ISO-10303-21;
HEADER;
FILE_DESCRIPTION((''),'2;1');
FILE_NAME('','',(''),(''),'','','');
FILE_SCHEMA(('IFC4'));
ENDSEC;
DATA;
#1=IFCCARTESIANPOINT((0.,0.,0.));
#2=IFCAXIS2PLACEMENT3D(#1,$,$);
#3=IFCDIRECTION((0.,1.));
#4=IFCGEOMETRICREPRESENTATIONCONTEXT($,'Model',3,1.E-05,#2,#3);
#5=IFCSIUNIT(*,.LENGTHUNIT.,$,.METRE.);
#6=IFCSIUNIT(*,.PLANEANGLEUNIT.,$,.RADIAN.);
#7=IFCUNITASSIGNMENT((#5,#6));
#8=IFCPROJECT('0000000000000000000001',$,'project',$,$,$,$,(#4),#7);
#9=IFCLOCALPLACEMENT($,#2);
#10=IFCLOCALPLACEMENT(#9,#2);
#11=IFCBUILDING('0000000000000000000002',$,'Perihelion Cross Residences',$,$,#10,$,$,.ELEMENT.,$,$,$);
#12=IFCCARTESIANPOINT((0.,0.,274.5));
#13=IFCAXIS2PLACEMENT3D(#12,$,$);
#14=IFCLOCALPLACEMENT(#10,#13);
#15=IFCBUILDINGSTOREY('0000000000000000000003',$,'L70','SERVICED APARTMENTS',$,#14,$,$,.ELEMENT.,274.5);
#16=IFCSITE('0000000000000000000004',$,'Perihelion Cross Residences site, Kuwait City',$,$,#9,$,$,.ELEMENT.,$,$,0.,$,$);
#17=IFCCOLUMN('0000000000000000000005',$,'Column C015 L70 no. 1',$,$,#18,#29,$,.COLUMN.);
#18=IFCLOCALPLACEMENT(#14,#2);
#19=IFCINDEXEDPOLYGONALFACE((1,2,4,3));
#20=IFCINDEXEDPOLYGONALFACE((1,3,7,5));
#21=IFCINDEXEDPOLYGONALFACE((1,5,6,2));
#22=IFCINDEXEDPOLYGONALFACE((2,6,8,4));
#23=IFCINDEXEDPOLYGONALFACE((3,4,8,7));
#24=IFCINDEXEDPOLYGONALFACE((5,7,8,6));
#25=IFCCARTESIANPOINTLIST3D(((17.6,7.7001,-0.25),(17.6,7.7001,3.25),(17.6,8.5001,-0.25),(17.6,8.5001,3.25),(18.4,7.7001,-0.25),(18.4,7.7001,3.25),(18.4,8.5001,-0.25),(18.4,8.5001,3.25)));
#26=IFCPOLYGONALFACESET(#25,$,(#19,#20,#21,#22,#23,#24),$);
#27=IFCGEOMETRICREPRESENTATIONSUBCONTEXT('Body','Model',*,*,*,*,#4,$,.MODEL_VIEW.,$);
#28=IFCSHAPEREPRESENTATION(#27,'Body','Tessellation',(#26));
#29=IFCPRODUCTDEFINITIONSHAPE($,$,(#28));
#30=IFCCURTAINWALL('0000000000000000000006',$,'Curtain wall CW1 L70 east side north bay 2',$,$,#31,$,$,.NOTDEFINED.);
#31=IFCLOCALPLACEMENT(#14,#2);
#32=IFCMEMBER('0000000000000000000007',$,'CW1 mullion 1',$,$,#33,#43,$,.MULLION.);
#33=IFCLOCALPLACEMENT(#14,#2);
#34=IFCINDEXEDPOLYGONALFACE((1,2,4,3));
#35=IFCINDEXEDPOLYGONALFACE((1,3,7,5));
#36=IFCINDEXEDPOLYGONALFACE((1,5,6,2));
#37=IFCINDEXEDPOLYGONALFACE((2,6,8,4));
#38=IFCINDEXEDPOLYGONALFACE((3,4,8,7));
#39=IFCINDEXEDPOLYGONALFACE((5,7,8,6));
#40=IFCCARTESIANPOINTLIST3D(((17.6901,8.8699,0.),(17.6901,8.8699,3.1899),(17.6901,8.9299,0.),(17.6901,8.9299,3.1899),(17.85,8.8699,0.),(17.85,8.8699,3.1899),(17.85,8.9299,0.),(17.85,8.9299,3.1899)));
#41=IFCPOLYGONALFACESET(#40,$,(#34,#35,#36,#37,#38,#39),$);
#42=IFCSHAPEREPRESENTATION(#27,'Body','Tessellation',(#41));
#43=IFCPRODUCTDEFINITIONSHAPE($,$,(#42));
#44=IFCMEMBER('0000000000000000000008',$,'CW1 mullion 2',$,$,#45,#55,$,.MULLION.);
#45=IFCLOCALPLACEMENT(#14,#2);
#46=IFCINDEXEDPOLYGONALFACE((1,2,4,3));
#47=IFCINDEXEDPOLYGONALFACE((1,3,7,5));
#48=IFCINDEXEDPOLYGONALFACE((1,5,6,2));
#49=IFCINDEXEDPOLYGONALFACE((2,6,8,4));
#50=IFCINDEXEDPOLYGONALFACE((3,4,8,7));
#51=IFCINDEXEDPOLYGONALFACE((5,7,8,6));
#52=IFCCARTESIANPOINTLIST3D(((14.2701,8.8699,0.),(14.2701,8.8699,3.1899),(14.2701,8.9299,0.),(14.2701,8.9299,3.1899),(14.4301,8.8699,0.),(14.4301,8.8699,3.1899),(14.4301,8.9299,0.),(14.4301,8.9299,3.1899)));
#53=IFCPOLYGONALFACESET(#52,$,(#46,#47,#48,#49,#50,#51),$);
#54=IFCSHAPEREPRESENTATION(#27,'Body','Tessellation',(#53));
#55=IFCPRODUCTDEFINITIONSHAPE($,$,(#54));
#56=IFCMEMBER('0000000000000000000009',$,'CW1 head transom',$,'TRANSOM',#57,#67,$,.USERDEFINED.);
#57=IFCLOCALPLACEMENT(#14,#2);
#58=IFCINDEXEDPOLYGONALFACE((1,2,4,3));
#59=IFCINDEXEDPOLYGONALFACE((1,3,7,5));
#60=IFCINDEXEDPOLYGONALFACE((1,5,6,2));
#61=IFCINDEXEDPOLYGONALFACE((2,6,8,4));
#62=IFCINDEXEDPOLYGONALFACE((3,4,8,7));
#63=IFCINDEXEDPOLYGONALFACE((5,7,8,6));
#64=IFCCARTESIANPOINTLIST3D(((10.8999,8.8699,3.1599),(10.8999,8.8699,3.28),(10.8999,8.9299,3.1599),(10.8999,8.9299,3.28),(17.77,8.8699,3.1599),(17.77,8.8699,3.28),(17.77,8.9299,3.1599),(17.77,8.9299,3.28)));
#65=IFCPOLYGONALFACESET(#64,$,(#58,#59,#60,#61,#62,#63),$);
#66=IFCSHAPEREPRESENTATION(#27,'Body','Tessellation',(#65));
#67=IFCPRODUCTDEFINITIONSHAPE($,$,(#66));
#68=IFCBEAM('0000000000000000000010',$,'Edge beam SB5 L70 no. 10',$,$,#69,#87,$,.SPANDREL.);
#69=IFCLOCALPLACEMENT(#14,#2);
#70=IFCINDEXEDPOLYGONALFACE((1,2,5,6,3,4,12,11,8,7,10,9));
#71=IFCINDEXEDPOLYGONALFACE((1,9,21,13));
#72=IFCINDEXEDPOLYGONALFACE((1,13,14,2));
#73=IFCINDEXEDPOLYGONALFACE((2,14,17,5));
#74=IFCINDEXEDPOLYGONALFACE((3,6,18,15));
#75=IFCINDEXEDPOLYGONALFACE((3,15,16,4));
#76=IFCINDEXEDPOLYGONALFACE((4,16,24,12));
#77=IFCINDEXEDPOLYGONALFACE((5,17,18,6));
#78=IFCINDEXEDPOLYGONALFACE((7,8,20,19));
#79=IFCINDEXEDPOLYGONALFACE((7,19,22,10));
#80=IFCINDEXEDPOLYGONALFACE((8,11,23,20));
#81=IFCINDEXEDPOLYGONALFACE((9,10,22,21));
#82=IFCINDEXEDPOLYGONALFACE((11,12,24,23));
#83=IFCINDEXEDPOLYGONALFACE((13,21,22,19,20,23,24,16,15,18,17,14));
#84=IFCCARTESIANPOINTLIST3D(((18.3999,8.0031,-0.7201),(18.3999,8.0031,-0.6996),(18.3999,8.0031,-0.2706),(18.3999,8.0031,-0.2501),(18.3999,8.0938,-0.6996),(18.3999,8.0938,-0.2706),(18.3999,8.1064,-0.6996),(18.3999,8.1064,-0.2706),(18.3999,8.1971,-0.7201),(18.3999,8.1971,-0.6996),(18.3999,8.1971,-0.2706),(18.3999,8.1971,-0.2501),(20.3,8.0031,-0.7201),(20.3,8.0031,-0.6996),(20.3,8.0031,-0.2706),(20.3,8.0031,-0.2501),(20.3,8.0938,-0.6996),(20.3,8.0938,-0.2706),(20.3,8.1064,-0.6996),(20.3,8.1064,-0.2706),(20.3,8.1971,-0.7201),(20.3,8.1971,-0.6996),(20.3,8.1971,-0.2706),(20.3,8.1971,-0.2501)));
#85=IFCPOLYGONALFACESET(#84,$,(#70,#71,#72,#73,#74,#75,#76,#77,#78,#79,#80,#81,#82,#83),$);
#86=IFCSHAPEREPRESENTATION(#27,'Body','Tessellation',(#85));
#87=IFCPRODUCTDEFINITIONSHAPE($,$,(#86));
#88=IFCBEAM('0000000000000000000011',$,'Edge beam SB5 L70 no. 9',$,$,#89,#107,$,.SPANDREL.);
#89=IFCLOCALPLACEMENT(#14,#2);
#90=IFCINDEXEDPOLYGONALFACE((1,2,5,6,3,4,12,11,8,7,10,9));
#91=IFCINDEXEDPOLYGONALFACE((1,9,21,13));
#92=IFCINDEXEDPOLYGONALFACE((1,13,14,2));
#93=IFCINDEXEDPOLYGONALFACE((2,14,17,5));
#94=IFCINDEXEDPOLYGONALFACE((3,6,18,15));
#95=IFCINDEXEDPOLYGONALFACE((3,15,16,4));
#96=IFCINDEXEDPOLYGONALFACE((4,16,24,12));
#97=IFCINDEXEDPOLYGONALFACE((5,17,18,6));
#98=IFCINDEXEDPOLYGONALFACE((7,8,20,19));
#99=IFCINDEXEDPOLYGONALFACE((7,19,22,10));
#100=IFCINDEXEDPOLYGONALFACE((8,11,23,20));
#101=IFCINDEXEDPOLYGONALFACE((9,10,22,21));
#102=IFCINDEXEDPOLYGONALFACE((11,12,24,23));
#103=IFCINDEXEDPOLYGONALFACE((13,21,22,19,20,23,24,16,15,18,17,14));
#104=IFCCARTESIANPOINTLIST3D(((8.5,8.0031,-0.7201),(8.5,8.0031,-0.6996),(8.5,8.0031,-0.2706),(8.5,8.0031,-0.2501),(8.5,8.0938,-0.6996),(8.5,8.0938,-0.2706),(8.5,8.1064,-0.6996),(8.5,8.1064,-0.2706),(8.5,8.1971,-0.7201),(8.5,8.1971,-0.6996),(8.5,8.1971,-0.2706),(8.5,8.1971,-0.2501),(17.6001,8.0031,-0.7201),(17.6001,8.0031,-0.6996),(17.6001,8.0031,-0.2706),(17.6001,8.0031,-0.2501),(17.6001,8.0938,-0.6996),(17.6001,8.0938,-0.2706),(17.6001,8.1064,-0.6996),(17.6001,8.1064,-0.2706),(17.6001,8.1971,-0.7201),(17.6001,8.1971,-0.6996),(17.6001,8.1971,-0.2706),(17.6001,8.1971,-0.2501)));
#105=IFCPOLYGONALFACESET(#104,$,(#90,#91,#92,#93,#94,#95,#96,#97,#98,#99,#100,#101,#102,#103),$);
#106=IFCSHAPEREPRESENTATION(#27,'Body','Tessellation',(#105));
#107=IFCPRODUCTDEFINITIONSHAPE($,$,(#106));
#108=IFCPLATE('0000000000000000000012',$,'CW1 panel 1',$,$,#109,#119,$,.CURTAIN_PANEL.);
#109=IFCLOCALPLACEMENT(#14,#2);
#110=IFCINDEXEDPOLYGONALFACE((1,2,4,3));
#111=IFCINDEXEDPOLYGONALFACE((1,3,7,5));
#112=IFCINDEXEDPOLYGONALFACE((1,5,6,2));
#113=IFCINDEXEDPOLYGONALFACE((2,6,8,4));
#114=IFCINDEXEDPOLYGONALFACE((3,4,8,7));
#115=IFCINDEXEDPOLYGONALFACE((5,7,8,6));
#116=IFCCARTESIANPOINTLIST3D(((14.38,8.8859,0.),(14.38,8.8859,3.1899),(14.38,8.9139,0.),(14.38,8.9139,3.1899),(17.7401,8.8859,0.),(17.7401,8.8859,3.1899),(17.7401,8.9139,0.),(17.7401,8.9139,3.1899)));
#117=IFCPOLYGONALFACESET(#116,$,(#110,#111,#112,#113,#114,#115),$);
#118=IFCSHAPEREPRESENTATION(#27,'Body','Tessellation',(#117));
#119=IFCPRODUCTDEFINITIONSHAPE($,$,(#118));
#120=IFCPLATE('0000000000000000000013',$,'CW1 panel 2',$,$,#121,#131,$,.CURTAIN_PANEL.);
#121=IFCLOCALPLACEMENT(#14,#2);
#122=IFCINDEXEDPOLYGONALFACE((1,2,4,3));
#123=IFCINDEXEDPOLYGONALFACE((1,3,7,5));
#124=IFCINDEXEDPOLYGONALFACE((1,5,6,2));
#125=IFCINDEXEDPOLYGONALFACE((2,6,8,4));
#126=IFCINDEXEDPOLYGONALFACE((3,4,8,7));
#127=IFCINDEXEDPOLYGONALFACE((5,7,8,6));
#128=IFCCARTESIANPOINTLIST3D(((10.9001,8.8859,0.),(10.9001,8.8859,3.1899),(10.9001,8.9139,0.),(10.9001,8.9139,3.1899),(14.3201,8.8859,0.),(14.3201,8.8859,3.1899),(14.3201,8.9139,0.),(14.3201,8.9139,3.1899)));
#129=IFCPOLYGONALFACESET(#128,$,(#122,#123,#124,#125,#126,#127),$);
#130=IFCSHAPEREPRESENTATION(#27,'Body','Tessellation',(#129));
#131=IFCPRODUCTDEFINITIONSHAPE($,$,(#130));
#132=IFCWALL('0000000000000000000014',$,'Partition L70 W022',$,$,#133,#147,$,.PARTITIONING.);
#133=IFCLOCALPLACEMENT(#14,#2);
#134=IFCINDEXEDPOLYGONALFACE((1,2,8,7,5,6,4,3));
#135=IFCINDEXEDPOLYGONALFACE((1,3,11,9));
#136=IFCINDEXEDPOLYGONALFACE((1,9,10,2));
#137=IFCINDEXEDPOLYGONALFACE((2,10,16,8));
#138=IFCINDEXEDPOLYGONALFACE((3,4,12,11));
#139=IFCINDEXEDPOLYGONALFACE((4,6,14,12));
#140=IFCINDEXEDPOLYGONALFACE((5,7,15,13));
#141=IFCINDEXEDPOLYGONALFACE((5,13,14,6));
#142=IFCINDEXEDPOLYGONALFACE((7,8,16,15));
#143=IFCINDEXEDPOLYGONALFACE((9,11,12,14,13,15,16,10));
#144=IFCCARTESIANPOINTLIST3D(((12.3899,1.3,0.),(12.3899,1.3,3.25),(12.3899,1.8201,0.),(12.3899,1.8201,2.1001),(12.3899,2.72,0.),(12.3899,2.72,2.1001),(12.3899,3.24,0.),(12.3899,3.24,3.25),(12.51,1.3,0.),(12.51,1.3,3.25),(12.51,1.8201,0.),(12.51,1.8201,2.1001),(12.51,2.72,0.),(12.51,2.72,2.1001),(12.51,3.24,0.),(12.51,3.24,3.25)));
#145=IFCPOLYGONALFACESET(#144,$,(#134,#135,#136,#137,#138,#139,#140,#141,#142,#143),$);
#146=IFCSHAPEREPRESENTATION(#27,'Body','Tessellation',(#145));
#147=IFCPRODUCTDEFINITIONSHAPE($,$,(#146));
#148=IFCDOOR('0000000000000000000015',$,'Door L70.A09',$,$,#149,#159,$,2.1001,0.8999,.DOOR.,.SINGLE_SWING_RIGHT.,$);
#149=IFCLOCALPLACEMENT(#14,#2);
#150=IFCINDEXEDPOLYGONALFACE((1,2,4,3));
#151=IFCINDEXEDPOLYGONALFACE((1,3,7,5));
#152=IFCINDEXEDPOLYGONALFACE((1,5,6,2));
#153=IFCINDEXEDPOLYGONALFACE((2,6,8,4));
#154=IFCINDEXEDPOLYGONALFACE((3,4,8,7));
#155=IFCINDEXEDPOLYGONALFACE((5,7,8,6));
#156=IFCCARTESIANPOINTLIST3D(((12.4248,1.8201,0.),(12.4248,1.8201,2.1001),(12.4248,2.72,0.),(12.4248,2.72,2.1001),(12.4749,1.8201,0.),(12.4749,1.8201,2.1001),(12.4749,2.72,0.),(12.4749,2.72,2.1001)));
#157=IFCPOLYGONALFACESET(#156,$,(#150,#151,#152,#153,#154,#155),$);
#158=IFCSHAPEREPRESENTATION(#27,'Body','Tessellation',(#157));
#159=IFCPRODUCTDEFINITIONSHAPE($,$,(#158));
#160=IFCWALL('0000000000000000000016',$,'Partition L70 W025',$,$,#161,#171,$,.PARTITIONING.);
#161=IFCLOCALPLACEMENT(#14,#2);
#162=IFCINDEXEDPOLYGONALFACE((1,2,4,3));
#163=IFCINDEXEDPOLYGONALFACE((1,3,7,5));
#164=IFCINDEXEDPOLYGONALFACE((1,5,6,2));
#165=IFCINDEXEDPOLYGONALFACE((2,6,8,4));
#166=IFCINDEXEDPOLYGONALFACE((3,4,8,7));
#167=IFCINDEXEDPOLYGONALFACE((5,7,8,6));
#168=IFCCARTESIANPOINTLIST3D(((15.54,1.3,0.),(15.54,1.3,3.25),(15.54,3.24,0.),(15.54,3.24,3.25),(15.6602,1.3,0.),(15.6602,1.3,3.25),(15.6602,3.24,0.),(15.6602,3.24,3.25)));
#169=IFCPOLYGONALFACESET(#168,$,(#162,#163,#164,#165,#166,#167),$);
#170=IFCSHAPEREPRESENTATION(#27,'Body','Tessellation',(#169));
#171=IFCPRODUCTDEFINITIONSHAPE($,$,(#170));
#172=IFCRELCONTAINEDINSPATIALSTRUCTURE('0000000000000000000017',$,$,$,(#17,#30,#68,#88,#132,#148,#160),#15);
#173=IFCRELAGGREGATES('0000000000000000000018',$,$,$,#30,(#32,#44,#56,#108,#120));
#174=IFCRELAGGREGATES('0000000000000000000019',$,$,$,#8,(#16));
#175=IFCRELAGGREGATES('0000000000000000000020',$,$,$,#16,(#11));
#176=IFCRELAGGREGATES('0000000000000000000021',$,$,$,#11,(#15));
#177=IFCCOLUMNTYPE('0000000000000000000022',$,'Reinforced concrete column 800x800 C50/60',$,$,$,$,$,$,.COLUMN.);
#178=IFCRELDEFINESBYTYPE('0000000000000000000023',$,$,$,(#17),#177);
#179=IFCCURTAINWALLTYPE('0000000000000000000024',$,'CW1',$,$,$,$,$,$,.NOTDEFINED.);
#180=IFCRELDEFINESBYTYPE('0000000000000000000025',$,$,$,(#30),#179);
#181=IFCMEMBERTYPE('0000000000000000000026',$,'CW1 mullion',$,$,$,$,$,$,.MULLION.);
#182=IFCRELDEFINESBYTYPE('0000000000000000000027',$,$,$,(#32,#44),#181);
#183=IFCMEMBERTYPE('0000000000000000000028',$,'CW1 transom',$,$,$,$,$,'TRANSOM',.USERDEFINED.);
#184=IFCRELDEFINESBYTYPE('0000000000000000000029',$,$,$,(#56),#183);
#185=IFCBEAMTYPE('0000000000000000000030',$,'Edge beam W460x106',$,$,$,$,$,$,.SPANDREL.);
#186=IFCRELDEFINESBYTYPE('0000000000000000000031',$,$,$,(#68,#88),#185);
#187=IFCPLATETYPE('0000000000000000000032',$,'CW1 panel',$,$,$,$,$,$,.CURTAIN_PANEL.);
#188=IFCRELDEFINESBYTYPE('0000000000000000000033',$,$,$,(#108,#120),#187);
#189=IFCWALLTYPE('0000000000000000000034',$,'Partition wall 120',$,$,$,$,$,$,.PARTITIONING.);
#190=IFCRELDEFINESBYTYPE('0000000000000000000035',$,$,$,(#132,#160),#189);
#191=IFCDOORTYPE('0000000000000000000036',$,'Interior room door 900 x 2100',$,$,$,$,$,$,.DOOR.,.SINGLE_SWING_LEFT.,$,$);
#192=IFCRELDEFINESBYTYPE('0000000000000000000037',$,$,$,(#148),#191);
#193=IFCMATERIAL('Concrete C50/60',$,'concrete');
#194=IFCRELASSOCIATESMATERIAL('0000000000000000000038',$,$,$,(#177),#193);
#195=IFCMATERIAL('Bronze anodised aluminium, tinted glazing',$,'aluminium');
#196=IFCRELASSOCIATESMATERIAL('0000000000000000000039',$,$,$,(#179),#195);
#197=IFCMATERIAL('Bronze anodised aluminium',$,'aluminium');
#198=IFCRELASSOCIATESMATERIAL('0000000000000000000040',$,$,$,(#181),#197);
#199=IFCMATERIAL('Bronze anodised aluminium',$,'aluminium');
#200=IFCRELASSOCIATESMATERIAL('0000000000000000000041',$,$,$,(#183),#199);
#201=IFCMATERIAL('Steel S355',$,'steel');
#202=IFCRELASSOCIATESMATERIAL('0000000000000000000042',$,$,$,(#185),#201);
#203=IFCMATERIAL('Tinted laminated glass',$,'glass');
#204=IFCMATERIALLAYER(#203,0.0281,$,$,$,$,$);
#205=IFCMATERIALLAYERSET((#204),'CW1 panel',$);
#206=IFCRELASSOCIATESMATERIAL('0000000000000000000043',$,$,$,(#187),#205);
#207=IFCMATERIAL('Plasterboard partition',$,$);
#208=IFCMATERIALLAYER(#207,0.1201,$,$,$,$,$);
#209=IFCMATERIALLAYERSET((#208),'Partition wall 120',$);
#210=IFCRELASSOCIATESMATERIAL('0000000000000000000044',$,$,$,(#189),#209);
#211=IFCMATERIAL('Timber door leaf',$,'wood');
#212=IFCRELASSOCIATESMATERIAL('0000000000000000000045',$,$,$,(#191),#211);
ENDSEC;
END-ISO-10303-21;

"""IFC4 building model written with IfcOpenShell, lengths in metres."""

from ifc_helpers import new_model, si_unit, direction, frame, frame_2d, origin, origin_2d, place, context, subcontext, project, spatial, rectangle, i_section, extrude, material, layer, layer_set, material_profile, profile_set, type_object, element, fill, aggregate, save


model = new_model("IFC4")

# Units and contexts
model_context = context("Model", 3, precision=1e-05, world=origin(), true_north=direction((0.0, 1.0)))
body_context = subcontext(model_context, "Body", "Model", "MODEL_VIEW")
ifc_project = project(units=[si_unit("LENGTHUNIT", "METRE"), si_unit("PLANEANGLEUNIT", "RADIAN")], contexts=[model_context])

# Site, building, storey
site_placement = place(None, origin())
site = spatial("IfcSite", under=ifc_project, at=site_placement, Name="Perihelion Cross Residences site, Kuwait City", CompositionType="ELEMENT", RefElevation=0.0)
building_placement = place(site_placement, origin())
building = spatial("IfcBuilding", under=site, at=building_placement, Name="Perihelion Cross Residences", CompositionType="ELEMENT")
storey_placement = place(building_placement, frame((0.0, 0.0, 274.5)))
storey = spatial("IfcBuildingStorey", under=building, at=storey_placement, Name="L70", Description="SERVICED APARTMENTS", CompositionType="ELEMENT", Elevation=274.5)

# Column
ifc_material_1 = material(Name="Concrete C50/60", Category="concrete")
ifc_material_profile_1 = material_profile(ifc_material_1, rectangle(XDim=0.8, YDim=0.8, at=origin_2d()), Name="RC 800x800")
ifc_profile_set_1 = profile_set([ifc_material_profile_1], Name="Concrete C50/60")
column_type = type_object("IfcColumnType", Name="Reinforced concrete column 800x800 C50/60", PredefinedType="COLUMN", material=ifc_profile_set_1)
column_placement = place(storey_placement, frame((18.0, 8.1001, -0.25), z_axis=(0.0, 0.0, 1.0), x_axis=(1.0, 0.0, 0.0)))
element("IfcColumn", 1, at=column_placement, inside=storey, type_object=column_type, Name="Column C015 L70 no. 1", PredefinedType="COLUMN", context=body_context, shape_type="SweptSolid", body=[
    extrude(rectangle(XDim=0.8, YDim=0.8, at=origin_2d()), origin(), (0.0, 0.0, 1.0), 3.5),
])

# Curtain wall, members
ifc_material_2 = material(Name="Bronze anodised aluminium, tinted glazing", Category="aluminium")
curtain_wall_type = type_object("IfcCurtainWallType", Name="CW1", PredefinedType="NOTDEFINED", material=ifc_material_2)
curtain_wall_placement = place(storey_placement, origin())
curtain_wall = element("IfcCurtainWall", 2, at=curtain_wall_placement, inside=storey, type_object=curtain_wall_type, Name="Curtain wall CW1 L70 east side north bay 2", PredefinedType="NOTDEFINED")
ifc_material_3 = material(Name="Bronze anodised aluminium", Category="aluminium")
ifc_material_profile_2 = material_profile(ifc_material_3, rectangle(XDim=0.0601, YDim=0.1599, at=origin_2d()), Name="CW1 mullion")
ifc_profile_set_2 = profile_set([ifc_material_profile_2], Name="Bronze anodised aluminium")
member_type_1 = type_object("IfcMemberType", Name="CW1 mullion", PredefinedType="MULLION", material=ifc_profile_set_2)
member_1_placement = place(storey_placement, frame((17.77, 8.8999, 0.0), z_axis=(0.0, 0.0, 1.0), x_axis=(0.0, -1.0, 0.0)))
member_1 = element("IfcMember", 3, at=member_1_placement, type_object=member_type_1, Name="CW1 mullion 1", PredefinedType="MULLION", context=body_context, shape_type="SweptSolid", body=[
    extrude(rectangle(XDim=0.0601, YDim=0.1599, at=origin_2d()), origin(), (0.0, 0.0, 1.0), 3.1899),
])
member_2_placement = place(storey_placement, frame((14.3501, 8.8999, 0.0), z_axis=(0.0, 0.0, 1.0), x_axis=(0.0, -1.0, 0.0)))
member_2 = element("IfcMember", 4, at=member_2_placement, type_object=member_type_1, Name="CW1 mullion 2", PredefinedType="MULLION", context=body_context, shape_type="SweptSolid", body=[
    extrude(rectangle(XDim=0.0601, YDim=0.1599, at=origin_2d()), origin(), (0.0, 0.0, 1.0), 3.1899),
])
ifc_material_4 = material(Name="Bronze anodised aluminium", Category="aluminium")
ifc_material_profile_3 = material_profile(ifc_material_4, rectangle(XDim=0.0601, YDim=0.1201, at=origin_2d()), Name="CW1 transom")
ifc_profile_set_3 = profile_set([ifc_material_profile_3], Name="Bronze anodised aluminium")
member_type_2 = type_object("IfcMemberType", Name="CW1 transom", ElementType="TRANSOM", PredefinedType="USERDEFINED", material=ifc_profile_set_3)
member_3_placement = place(storey_placement, frame((17.77, 8.8999, 3.22), z_axis=(-1.0, 0.0, 0.0), x_axis=(0.0, -1.0, 0.0)))
member_3 = element("IfcMember", 5, at=member_3_placement, type_object=member_type_2, Name="CW1 head transom", ObjectType="TRANSOM", PredefinedType="USERDEFINED", context=body_context, shape_type="SweptSolid", body=[
    extrude(rectangle(XDim=0.0601, YDim=0.1201, at=origin_2d()), origin(), (0.0, 0.0, 1.0), 6.8701),
])

# Beams
ifc_material_5 = material(Name="Steel S355", Category="steel")
ifc_material_profile_4 = material_profile(ifc_material_5, i_section(OverallWidth=0.1941, OverallDepth=0.47, WebThickness=0.0127, FlangeThickness=0.0205, at=origin_2d()), Name="W460x106")
ifc_profile_set_4 = profile_set([ifc_material_profile_4], Name="Steel S355")
beam_type = type_object("IfcBeamType", Name="Edge beam W460x106", PredefinedType="SPANDREL", material=ifc_profile_set_4)
beam_1_placement = place(storey_placement, frame((20.3, 8.1001, -0.4851), z_axis=(-1.0, 0.0, 0.0), x_axis=(0.0, -1.0, 0.0)))
element("IfcBeam", 6, at=beam_1_placement, inside=storey, type_object=beam_type, Name="Edge beam SB5 L70 no. 10", PredefinedType="SPANDREL", context=body_context, shape_type="SweptSolid", body=[
    extrude(i_section(OverallWidth=0.1941, OverallDepth=0.47, WebThickness=0.0127, FlangeThickness=0.0205, at=origin_2d()), origin(), (0.0, 0.0, 1.0), 1.9001),
])
beam_2_placement = place(storey_placement, frame((17.6001, 8.1001, -0.4851), z_axis=(-1.0, 0.0, 0.0), x_axis=(0.0, -1.0, 0.0)))
element("IfcBeam", 7, at=beam_2_placement, inside=storey, type_object=beam_type, Name="Edge beam SB5 L70 no. 9", PredefinedType="SPANDREL", context=body_context, shape_type="SweptSolid", body=[
    extrude(i_section(OverallWidth=0.1941, OverallDepth=0.47, WebThickness=0.0127, FlangeThickness=0.0205, at=origin_2d()), origin(), (0.0, 0.0, 1.0), 9.1001),
])

# Plates
ifc_material_6 = material(Name="Tinted laminated glass", Category="glass")
ifc_layer_1 = layer(ifc_material_6, 0.0281)
ifc_layer_set_1 = layer_set([ifc_layer_1], Name="CW1 panel")
plate_type = type_object("IfcPlateType", Name="CW1 panel", PredefinedType="CURTAIN_PANEL", material=ifc_layer_set_1)
plate_1_placement = place(storey_placement, frame((16.0601, 8.8999, 0.0), z_axis=(0.0, 0.0, 1.0), x_axis=(-1.0, 0.0, 0.0)))
plate_1 = element("IfcPlate", 8, at=plate_1_placement, type_object=plate_type, Name="CW1 panel 1", PredefinedType="CURTAIN_PANEL", context=body_context, shape_type="SweptSolid", body=[
    extrude(rectangle(XDim=3.3601, YDim=0.0281, at=origin_2d()), origin(), (0.0, 0.0, 1.0), 3.1899),
])
plate_2_placement = place(storey_placement, frame((12.6101, 8.8999, 0.0), z_axis=(0.0, 0.0, 1.0), x_axis=(-1.0, 0.0, 0.0)))
plate_2 = element("IfcPlate", 9, at=plate_2_placement, type_object=plate_type, Name="CW1 panel 2", PredefinedType="CURTAIN_PANEL", context=body_context, shape_type="SweptSolid", body=[
    extrude(rectangle(XDim=3.4199, YDim=0.0281, at=origin_2d()), origin(), (0.0, 0.0, 1.0), 3.1899),
])
aggregate(curtain_wall, [member_1, member_2, member_3, plate_1, plate_2])

# Wall, opening, door
ifc_material_7 = material(Name="Plasterboard partition")
ifc_layer_2 = layer(ifc_material_7, 0.1201)
ifc_layer_set_2 = layer_set([ifc_layer_2], Name="Partition wall 120")
wall_type_1 = type_object("IfcWallType", Name="Partition wall 120", PredefinedType="PARTITIONING", material=ifc_layer_set_2)
wall_1_placement = place(storey_placement, frame((12.45, 3.24, 0.0), z_axis=(0.0, 0.0, 1.0), x_axis=(0.0, -1.0, 0.0)))
wall_1 = element("IfcWall", 10, at=wall_1_placement, inside=storey, type_object=wall_type_1, Name="Partition L70 W022", PredefinedType="PARTITIONING", context=body_context, shape_type="SweptSolid", body=[
    extrude(rectangle(XDim=1.9399, YDim=0.1201, at=frame_2d((0.97, 0.0))), origin(), (0.0, 0.0, 1.0), 3.25),
])
opening_1_placement = place(wall_1_placement, frame((0.52, 0.0, 0.0)))
opening_1 = element("IfcOpeningElement", 11, at=opening_1_placement, cuts=wall_1, PredefinedType="OPENING", context=body_context, shape_type="SweptSolid", body=[
    extrude(rectangle(XDim=0.8999, YDim=2.1001, at=frame_2d((0.45, 1.05))), frame((0.0, 0.0701, 0.0), z_axis=(0.0, -1.0, 0.0), x_axis=(1.0, 0.0, 0.0)), (0.0, 0.0, 1.0), 0.1401),
])
ifc_material_8 = material(Name="Timber door leaf", Category="wood")
door_type_1 = type_object("IfcDoorType", Name="Interior room door 900 x 2100", OperationType="SINGLE_SWING_LEFT", PredefinedType="DOOR", material=ifc_material_8)
door_1_placement = place(opening_1_placement, origin())
door_1 = element("IfcDoor", 12, at=door_1_placement, inside=storey, type_object=door_type_1, Name="Door L70.A09", OperationType="SINGLE_SWING_RIGHT", OverallHeight=2.1001, OverallWidth=0.8999, PredefinedType="DOOR", context=body_context, shape_type="SweptSolid", body=[
    extrude(rectangle(XDim=0.8999, YDim=2.1001, at=frame_2d((0.45, 1.05))), frame((0.0, 0.0249, 0.0), z_axis=(0.0, -1.0, 0.0), x_axis=(1.0, 0.0, 0.0)), (0.0, 0.0, 1.0), 0.05),
])
fill(opening_1, door_1)

# Wall
wall_2_placement = place(storey_placement, frame((15.6001, 3.24, 0.0), z_axis=(0.0, 0.0, 1.0), x_axis=(0.0, -1.0, 0.0)))
element("IfcWall", 13, at=wall_2_placement, inside=storey, type_object=wall_type_1, Name="Partition L70 W025", PredefinedType="PARTITIONING", context=body_context, shape_type="SweptSolid", body=[
    extrude(rectangle(XDim=1.9399, YDim=0.1201, at=frame_2d((0.97, 0.0))), origin(), (0.0, 0.0, 1.0), 3.25),
])

save(model, "model.ifc")
